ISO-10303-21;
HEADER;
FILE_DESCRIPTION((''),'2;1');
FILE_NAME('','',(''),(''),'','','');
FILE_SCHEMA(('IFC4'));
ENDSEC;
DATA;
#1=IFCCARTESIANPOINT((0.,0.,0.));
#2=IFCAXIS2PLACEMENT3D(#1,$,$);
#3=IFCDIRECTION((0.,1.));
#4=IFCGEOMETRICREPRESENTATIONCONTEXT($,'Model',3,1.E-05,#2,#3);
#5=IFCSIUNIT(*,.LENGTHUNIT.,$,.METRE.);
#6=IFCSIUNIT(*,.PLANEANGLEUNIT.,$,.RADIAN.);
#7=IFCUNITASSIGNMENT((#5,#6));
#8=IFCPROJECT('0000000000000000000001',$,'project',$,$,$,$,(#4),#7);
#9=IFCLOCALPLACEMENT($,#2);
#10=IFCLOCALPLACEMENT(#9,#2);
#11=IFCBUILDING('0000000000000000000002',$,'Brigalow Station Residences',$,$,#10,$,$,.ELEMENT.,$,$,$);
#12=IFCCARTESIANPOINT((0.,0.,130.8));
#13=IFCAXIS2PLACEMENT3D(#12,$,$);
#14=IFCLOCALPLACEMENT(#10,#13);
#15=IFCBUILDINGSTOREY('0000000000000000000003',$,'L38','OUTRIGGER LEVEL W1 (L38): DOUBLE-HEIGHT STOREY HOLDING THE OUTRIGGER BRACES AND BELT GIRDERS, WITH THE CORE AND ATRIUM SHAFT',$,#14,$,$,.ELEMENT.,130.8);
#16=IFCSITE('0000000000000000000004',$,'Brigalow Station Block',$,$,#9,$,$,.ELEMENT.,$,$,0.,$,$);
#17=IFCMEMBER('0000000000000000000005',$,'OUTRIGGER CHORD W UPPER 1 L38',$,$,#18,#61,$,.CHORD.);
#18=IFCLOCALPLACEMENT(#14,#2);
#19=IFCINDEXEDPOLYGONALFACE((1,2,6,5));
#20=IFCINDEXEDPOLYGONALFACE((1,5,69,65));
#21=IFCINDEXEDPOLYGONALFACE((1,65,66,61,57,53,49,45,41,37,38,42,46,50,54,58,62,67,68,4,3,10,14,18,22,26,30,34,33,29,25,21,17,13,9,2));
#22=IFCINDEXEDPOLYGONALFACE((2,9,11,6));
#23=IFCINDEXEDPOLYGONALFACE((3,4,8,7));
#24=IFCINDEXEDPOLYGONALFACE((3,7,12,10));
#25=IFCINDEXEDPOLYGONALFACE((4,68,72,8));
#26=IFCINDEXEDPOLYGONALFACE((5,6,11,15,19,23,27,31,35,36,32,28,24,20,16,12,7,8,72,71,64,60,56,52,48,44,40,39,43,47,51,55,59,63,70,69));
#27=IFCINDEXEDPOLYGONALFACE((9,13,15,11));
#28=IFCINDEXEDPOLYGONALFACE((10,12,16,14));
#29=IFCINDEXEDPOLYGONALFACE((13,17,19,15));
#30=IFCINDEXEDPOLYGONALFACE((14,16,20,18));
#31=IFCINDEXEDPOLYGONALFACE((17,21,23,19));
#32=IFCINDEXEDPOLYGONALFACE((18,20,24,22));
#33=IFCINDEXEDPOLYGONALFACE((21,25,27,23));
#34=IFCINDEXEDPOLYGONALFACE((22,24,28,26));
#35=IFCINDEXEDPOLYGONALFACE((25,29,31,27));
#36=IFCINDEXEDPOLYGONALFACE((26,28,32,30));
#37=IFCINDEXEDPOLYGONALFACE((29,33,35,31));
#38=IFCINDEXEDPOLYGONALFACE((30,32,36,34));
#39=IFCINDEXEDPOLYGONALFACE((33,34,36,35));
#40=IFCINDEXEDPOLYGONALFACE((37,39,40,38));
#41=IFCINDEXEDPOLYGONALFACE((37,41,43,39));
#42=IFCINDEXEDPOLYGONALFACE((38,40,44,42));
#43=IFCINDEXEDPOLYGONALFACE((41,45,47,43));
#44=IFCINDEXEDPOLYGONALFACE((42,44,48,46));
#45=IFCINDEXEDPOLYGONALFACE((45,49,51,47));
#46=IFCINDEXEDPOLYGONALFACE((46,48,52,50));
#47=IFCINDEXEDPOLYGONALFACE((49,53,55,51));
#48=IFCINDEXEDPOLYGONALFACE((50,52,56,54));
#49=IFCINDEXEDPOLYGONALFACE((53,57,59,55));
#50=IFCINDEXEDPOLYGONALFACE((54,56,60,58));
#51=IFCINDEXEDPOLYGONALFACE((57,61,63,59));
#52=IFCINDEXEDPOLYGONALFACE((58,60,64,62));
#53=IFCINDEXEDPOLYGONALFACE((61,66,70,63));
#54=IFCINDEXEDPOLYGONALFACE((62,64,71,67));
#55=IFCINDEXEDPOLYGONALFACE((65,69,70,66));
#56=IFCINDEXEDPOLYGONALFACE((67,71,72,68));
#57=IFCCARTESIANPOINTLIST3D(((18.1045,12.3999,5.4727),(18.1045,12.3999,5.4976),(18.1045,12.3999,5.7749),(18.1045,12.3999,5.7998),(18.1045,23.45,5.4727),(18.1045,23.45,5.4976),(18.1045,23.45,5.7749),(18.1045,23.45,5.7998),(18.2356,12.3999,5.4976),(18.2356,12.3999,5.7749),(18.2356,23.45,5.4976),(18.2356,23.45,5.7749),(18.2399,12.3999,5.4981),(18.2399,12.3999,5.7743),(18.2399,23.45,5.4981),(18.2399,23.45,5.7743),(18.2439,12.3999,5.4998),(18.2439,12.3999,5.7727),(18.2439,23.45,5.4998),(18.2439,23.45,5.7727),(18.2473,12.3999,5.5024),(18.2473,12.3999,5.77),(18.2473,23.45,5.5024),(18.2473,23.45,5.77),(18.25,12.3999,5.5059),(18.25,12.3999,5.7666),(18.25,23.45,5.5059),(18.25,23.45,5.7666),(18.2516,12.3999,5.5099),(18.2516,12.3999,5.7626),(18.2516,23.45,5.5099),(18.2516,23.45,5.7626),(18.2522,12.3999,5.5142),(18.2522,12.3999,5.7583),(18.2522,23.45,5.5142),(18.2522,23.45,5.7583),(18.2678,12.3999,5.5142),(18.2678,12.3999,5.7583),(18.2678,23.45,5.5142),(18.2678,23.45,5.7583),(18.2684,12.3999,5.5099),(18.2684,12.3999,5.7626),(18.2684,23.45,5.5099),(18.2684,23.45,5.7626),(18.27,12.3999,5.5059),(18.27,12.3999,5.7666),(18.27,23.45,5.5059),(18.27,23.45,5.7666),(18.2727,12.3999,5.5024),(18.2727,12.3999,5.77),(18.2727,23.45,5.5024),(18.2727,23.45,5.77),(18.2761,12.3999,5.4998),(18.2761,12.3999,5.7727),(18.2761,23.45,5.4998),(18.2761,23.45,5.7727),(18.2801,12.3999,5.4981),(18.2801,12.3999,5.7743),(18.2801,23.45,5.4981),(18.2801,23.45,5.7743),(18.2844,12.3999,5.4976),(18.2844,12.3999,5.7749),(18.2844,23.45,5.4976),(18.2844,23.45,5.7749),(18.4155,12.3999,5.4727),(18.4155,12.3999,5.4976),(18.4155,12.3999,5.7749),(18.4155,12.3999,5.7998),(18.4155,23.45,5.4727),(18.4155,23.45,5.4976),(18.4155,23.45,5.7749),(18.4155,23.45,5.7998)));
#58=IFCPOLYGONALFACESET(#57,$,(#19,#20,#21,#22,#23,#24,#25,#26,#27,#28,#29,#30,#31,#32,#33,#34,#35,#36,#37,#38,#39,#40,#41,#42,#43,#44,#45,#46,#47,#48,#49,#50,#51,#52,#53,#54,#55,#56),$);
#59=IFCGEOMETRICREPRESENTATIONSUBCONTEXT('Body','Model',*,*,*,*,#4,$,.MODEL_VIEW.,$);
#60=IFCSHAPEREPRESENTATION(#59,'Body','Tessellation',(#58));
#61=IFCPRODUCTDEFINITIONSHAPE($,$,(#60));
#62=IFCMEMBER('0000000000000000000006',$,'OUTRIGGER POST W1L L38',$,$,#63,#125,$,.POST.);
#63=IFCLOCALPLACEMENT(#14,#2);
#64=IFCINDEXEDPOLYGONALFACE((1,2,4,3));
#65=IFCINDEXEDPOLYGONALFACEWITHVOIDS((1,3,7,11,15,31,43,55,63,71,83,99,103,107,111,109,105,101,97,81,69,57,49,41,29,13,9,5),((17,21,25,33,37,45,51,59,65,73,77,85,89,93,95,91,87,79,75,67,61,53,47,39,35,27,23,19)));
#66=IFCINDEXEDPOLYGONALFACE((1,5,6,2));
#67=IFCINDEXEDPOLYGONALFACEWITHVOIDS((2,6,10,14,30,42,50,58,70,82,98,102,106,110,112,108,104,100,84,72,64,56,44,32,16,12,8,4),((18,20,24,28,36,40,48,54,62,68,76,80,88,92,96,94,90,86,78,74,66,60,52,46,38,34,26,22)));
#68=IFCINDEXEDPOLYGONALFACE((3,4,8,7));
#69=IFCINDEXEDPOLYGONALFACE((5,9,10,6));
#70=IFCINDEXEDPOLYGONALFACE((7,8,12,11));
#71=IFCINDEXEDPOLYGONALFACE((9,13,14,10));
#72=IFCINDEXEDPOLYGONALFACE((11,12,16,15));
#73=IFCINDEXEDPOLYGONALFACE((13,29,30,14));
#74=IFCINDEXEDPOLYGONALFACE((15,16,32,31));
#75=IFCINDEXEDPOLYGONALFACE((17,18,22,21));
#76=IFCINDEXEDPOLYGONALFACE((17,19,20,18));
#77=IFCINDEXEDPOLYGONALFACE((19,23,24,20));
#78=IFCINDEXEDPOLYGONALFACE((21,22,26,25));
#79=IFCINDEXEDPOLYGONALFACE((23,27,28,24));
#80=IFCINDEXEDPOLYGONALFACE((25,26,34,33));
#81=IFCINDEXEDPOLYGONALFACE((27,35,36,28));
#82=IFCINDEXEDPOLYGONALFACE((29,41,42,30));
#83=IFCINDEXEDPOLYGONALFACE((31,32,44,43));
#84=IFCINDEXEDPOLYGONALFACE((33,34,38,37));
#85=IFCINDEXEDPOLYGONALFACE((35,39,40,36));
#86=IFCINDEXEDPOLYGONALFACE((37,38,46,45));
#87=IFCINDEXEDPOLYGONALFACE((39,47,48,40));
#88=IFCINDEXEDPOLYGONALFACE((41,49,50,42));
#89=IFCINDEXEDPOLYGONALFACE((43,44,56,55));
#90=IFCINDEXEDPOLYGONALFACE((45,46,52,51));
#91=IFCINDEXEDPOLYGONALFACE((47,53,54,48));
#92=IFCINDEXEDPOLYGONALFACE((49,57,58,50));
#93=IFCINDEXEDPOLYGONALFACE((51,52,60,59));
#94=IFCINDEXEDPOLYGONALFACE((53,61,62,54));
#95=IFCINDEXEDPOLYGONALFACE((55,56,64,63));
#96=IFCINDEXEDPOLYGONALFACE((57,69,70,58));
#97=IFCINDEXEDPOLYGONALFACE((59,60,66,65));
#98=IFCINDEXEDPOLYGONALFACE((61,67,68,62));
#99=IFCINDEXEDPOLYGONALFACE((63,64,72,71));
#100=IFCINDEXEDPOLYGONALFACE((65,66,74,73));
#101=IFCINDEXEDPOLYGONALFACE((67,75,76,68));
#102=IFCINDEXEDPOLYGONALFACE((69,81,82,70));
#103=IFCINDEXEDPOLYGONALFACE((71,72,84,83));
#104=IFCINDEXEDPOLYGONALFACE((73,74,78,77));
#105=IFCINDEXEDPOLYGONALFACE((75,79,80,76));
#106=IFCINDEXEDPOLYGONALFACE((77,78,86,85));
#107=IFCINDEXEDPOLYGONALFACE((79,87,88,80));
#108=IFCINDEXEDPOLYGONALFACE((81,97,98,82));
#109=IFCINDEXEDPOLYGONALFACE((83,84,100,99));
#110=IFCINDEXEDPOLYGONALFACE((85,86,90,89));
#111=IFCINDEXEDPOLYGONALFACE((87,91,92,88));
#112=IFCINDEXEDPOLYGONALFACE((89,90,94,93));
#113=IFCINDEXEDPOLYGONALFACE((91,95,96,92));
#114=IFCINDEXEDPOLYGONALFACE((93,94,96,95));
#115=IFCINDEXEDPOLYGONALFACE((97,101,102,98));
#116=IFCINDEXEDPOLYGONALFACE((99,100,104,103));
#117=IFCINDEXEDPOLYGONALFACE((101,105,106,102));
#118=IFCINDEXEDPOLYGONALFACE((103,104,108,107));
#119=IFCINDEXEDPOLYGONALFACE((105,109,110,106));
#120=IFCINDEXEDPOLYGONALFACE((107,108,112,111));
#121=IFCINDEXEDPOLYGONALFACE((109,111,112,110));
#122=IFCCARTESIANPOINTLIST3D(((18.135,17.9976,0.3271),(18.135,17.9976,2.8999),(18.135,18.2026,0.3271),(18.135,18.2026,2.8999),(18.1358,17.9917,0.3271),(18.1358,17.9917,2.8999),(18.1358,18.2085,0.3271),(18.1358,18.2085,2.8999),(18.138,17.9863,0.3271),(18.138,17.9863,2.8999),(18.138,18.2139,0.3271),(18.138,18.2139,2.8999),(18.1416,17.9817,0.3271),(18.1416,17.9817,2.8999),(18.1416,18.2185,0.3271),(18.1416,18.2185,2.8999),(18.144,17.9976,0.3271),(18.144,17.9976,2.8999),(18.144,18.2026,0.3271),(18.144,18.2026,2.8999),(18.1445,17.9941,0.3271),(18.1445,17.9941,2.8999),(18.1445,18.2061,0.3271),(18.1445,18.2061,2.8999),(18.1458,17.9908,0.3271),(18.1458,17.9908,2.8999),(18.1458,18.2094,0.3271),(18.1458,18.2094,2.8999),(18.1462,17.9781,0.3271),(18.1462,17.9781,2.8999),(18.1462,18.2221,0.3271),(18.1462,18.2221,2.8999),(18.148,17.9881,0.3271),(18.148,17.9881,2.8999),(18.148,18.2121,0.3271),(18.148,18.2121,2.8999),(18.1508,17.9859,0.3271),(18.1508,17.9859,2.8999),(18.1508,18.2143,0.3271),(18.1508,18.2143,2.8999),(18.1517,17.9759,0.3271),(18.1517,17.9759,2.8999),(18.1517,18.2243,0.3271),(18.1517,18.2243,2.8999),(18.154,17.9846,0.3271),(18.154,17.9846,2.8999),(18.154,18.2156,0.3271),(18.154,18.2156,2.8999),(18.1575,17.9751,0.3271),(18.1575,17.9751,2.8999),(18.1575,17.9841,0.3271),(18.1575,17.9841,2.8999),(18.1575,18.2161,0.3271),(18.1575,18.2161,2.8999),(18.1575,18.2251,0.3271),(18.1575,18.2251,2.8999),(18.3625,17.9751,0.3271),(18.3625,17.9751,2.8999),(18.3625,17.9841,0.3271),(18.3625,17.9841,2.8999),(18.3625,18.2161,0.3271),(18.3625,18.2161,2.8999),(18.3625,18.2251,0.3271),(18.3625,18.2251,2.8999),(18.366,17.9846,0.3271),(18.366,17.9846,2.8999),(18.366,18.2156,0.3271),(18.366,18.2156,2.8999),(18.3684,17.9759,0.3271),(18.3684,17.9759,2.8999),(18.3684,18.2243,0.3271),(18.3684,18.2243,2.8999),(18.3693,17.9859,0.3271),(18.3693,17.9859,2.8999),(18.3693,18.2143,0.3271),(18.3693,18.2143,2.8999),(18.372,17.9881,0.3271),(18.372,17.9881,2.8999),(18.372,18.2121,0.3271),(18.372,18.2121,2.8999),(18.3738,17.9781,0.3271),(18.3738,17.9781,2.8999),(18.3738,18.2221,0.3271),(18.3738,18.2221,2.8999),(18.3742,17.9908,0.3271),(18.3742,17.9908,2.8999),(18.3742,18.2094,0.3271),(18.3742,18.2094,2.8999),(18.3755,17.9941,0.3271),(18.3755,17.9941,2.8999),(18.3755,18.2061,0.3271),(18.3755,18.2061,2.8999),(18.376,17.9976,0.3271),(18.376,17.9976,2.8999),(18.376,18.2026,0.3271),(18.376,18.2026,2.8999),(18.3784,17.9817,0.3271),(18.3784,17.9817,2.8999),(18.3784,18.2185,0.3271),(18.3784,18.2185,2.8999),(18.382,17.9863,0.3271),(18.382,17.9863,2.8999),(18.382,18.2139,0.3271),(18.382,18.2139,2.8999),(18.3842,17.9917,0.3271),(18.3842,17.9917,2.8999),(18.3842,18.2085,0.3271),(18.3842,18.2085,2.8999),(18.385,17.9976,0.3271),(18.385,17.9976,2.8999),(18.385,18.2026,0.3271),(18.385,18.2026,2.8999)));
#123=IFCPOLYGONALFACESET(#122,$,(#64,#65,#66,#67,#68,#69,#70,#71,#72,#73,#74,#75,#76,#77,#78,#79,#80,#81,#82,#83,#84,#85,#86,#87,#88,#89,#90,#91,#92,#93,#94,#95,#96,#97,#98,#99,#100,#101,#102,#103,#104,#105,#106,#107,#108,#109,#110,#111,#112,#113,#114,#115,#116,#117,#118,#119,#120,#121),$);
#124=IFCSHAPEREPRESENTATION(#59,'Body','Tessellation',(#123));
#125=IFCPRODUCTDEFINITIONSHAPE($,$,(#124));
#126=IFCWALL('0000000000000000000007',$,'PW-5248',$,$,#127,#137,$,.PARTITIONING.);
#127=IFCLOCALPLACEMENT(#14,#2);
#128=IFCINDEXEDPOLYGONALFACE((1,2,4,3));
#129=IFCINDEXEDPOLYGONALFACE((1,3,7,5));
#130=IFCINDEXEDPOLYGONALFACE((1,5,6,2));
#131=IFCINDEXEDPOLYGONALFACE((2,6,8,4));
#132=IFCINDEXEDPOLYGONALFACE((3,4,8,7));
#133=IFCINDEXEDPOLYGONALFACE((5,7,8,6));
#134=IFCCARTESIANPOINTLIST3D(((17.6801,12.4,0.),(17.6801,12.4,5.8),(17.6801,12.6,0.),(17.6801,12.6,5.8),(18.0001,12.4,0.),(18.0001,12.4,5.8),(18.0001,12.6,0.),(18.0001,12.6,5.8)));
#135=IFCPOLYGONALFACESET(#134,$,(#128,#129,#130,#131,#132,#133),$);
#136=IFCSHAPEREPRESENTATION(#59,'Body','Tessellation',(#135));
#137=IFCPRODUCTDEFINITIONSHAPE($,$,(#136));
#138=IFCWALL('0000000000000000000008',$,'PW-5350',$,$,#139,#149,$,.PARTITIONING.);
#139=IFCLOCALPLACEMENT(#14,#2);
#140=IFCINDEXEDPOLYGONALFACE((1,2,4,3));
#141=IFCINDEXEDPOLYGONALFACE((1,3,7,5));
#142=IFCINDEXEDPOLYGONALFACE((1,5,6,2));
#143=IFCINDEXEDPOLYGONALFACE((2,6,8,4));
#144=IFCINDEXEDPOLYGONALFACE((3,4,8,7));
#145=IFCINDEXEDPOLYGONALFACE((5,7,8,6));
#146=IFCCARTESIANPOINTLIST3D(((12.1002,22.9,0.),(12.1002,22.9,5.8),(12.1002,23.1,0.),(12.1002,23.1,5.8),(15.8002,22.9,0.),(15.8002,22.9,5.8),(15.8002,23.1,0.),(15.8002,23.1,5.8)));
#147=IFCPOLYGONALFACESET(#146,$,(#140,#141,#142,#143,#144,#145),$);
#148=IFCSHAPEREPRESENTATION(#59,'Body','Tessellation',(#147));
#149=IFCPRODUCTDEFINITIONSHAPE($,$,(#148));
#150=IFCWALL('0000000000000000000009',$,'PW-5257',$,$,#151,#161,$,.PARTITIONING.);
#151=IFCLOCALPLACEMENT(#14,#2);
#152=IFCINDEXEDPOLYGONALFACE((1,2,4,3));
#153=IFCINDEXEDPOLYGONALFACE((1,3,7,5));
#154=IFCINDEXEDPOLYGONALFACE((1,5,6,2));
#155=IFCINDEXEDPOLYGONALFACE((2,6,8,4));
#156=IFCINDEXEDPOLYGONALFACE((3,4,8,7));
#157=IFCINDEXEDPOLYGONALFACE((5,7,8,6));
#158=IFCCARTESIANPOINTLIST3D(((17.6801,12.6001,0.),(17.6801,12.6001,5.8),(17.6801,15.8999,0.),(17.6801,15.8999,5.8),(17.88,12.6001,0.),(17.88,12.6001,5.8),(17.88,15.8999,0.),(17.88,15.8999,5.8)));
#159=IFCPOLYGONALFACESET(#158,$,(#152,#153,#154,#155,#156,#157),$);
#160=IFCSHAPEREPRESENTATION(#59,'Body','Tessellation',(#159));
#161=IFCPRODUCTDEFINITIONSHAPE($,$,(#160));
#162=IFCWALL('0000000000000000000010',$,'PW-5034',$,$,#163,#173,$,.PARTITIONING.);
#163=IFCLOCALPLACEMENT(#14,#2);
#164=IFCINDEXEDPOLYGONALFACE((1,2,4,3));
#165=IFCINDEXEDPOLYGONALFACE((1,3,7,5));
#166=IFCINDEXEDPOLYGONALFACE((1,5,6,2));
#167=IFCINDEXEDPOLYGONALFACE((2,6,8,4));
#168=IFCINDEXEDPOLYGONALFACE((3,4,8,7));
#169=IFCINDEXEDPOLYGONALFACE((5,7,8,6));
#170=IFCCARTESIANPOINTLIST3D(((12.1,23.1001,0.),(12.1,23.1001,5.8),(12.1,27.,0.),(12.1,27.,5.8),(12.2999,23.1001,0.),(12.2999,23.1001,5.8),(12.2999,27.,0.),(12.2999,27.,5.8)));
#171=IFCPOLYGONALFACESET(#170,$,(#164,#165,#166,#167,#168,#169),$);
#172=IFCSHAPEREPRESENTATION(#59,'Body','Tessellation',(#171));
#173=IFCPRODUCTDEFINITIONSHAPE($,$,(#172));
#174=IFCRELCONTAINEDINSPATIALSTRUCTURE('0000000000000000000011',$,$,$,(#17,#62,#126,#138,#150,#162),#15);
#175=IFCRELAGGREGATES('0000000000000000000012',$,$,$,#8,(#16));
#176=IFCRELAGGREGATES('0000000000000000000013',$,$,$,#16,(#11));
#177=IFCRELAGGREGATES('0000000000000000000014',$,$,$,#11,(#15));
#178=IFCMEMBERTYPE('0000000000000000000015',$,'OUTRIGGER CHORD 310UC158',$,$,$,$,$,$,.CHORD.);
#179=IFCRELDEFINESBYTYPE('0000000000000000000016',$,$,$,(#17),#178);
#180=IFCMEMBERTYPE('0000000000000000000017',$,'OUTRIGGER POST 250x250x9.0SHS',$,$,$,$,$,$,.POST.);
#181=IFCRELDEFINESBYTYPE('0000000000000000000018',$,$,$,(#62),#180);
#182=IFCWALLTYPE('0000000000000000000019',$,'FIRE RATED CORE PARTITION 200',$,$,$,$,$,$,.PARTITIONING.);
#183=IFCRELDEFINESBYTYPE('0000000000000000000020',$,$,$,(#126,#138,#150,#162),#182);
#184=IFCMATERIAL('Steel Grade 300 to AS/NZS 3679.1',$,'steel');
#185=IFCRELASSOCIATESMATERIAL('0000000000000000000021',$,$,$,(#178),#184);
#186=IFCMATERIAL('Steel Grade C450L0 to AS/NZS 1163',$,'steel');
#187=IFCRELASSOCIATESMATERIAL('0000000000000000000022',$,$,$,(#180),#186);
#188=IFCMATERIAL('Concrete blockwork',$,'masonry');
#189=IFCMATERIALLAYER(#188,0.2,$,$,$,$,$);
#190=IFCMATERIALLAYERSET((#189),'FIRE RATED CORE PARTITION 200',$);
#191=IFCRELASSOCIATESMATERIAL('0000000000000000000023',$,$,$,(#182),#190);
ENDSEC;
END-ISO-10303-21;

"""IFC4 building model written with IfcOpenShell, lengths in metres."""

from ifc_helpers import new_model, si_unit, direction, frame, frame_2d, origin, origin_2d, place, context, subcontext, project, spatial, rectangle, hollow_rectangle, i_section, extrude, material, layer, layer_set, material_profile, profile_set, type_object, element, save


model = new_model("IFC4")

# Units and contexts
model_context = context("Model", 3, precision=1e-05, world=origin(), true_north=direction((0.0, 1.0)))
body_context = subcontext(model_context, "Body", "Model", "MODEL_VIEW")
ifc_project = project(units=[si_unit("LENGTHUNIT", "METRE"), si_unit("PLANEANGLEUNIT", "RADIAN")], contexts=[model_context])

# Site, building, storey
site_placement = place(None, origin())
site = spatial("IfcSite", under=ifc_project, at=site_placement, Name="Brigalow Station Block", CompositionType="ELEMENT", RefElevation=0.0)
building_placement = place(site_placement, origin())
building = spatial("IfcBuilding", under=site, at=building_placement, Name="Brigalow Station Residences", CompositionType="ELEMENT")
storey_placement = place(building_placement, frame((0.0, 0.0, 130.8)))
storey = spatial("IfcBuildingStorey", under=building, at=storey_placement, Name="L38", Description="OUTRIGGER LEVEL W1 (L38): DOUBLE-HEIGHT STOREY HOLDING THE OUTRIGGER BRACES AND BELT GIRDERS, WITH THE CORE AND ATRIUM SHAFT", CompositionType="ELEMENT", Elevation=130.8)

# Members
ifc_material_1 = material(Name="Steel Grade 300 to AS/NZS 3679.1", Category="steel")
ifc_material_profile_1 = material_profile(ifc_material_1, i_section(OverallWidth=0.311, OverallDepth=0.3271, WebThickness=0.0156, FlangeThickness=0.0249, FilletRadius=0.0166, at=origin_2d()), Name="310UC158")
ifc_profile_set_1 = profile_set([ifc_material_profile_1], Name="Steel Grade 300 to AS/NZS 3679.1")
member_type_1 = type_object("IfcMemberType", Name="OUTRIGGER CHORD 310UC158", PredefinedType="CHORD", material=ifc_profile_set_1)
for number, where, z_axis, x_axis, name in (
    (1, (18.26, 12.3999, 5.6362), (0.0, 1.0, 0.0), (-1.0, 0.0, 0.0), "OUTRIGGER CHORD W UPPER 1 L38"),
):
    element("IfcMember", number, at=place(storey_placement, frame(where, z_axis=z_axis, x_axis=x_axis)), inside=storey, type_object=member_type_1, Name=name, PredefinedType="CHORD", context=body_context, shape_type="SweptSolid", body=[
        extrude(i_section(OverallWidth=0.311, OverallDepth=0.3271, WebThickness=0.0156, FlangeThickness=0.0249, FilletRadius=0.0166, at=origin_2d()), origin(), (0.0, 0.0, 1.0), 11.05),
    ])
ifc_material_2 = material(Name="Steel Grade C450L0 to AS/NZS 1163", Category="steel")
ifc_material_profile_2 = material_profile(ifc_material_2, hollow_rectangle(XDim=0.25, YDim=0.25, WallThickness=0.009, InnerFilletRadius=0.0134, OuterFilletRadius=0.0225, at=origin_2d()), Name="250x250x9.0SHS")
ifc_profile_set_2 = profile_set([ifc_material_profile_2], Name="Steel Grade C450L0 to AS/NZS 1163")
member_type_2 = type_object("IfcMemberType", Name="OUTRIGGER POST 250x250x9.0SHS", PredefinedType="POST", material=ifc_profile_set_2)
member_1_placement = place(storey_placement, frame((18.26, 18.1001, 0.3271), z_axis=(0.0, 0.0, 1.0), x_axis=(1.0, 0.0, 0.0)))
element("IfcMember", 2, at=member_1_placement, inside=storey, type_object=member_type_2, Name="OUTRIGGER POST W1L L38", PredefinedType="POST", context=body_context, shape_type="SweptSolid", body=[
    extrude(hollow_rectangle(XDim=0.25, YDim=0.25, WallThickness=0.009, InnerFilletRadius=0.0134, OuterFilletRadius=0.0225, at=origin_2d()), origin(), (0.0, 0.0, 1.0), 2.5728),
])

# Walls
ifc_material_3 = material(Name="Concrete blockwork", Category="masonry")
ifc_layer = layer(ifc_material_3, 0.2)
ifc_layer_set = layer_set([ifc_layer], Name="FIRE RATED CORE PARTITION 200")
wall_type = type_object("IfcWallType", Name="FIRE RATED CORE PARTITION 200", PredefinedType="PARTITIONING", material=ifc_layer_set)
wall_1_placement = place(storey_placement, frame((17.6799, 12.5, 0.0), z_axis=(0.0, 0.0, 1.0), x_axis=(1.0, 0.0, 0.0)))
element("IfcWall", 3, at=wall_1_placement, inside=storey, type_object=wall_type, Name="PW-5248", PredefinedType="PARTITIONING", context=body_context, shape_type="SweptSolid", body=[
    extrude(rectangle(XDim=0.3201, YDim=0.2, at=frame_2d((0.1602, 0.0))), origin(), (0.0, 0.0, 1.0), 5.8),
])
wall_2_placement = place(storey_placement, frame((12.1001, 23.0, 0.0), z_axis=(0.0, 0.0, 1.0), x_axis=(1.0, 0.0, 0.0)))
element("IfcWall", 4, at=wall_2_placement, inside=storey, type_object=wall_type, Name="PW-5350", PredefinedType="PARTITIONING", context=body_context, shape_type="SweptSolid", body=[
    extrude(rectangle(XDim=3.7, YDim=0.2, at=frame_2d((1.8501, 0.0))), origin(), (0.0, 0.0, 1.0), 5.8),
])
wall_3_placement = place(storey_placement, frame((17.78, 12.6001, 0.0), z_axis=(0.0, 0.0, 1.0), x_axis=(0.0, 1.0, 0.0)))
element("IfcWall", 5, at=wall_3_placement, inside=storey, type_object=wall_type, Name="PW-5257", PredefinedType="PARTITIONING", context=body_context, shape_type="SweptSolid", body=[
    extrude(rectangle(XDim=3.2998, YDim=0.2, at=frame_2d((1.6499, 0.0))), origin(), (0.0, 0.0, 1.0), 5.8),
])
wall_4_placement = place(storey_placement, frame((12.2, 23.1001, 0.0), z_axis=(0.0, 0.0, 1.0), x_axis=(0.0, 1.0, 0.0)))
element("IfcWall", 6, at=wall_4_placement, inside=storey, type_object=wall_type, Name="PW-5034", PredefinedType="PARTITIONING", context=body_context, shape_type="SweptSolid", body=[
    extrude(rectangle(XDim=3.8999, YDim=0.2, at=frame_2d((1.95, 0.0))), origin(), (0.0, 0.0, 1.0), 5.8),
])

save(model, "model.ifc")
